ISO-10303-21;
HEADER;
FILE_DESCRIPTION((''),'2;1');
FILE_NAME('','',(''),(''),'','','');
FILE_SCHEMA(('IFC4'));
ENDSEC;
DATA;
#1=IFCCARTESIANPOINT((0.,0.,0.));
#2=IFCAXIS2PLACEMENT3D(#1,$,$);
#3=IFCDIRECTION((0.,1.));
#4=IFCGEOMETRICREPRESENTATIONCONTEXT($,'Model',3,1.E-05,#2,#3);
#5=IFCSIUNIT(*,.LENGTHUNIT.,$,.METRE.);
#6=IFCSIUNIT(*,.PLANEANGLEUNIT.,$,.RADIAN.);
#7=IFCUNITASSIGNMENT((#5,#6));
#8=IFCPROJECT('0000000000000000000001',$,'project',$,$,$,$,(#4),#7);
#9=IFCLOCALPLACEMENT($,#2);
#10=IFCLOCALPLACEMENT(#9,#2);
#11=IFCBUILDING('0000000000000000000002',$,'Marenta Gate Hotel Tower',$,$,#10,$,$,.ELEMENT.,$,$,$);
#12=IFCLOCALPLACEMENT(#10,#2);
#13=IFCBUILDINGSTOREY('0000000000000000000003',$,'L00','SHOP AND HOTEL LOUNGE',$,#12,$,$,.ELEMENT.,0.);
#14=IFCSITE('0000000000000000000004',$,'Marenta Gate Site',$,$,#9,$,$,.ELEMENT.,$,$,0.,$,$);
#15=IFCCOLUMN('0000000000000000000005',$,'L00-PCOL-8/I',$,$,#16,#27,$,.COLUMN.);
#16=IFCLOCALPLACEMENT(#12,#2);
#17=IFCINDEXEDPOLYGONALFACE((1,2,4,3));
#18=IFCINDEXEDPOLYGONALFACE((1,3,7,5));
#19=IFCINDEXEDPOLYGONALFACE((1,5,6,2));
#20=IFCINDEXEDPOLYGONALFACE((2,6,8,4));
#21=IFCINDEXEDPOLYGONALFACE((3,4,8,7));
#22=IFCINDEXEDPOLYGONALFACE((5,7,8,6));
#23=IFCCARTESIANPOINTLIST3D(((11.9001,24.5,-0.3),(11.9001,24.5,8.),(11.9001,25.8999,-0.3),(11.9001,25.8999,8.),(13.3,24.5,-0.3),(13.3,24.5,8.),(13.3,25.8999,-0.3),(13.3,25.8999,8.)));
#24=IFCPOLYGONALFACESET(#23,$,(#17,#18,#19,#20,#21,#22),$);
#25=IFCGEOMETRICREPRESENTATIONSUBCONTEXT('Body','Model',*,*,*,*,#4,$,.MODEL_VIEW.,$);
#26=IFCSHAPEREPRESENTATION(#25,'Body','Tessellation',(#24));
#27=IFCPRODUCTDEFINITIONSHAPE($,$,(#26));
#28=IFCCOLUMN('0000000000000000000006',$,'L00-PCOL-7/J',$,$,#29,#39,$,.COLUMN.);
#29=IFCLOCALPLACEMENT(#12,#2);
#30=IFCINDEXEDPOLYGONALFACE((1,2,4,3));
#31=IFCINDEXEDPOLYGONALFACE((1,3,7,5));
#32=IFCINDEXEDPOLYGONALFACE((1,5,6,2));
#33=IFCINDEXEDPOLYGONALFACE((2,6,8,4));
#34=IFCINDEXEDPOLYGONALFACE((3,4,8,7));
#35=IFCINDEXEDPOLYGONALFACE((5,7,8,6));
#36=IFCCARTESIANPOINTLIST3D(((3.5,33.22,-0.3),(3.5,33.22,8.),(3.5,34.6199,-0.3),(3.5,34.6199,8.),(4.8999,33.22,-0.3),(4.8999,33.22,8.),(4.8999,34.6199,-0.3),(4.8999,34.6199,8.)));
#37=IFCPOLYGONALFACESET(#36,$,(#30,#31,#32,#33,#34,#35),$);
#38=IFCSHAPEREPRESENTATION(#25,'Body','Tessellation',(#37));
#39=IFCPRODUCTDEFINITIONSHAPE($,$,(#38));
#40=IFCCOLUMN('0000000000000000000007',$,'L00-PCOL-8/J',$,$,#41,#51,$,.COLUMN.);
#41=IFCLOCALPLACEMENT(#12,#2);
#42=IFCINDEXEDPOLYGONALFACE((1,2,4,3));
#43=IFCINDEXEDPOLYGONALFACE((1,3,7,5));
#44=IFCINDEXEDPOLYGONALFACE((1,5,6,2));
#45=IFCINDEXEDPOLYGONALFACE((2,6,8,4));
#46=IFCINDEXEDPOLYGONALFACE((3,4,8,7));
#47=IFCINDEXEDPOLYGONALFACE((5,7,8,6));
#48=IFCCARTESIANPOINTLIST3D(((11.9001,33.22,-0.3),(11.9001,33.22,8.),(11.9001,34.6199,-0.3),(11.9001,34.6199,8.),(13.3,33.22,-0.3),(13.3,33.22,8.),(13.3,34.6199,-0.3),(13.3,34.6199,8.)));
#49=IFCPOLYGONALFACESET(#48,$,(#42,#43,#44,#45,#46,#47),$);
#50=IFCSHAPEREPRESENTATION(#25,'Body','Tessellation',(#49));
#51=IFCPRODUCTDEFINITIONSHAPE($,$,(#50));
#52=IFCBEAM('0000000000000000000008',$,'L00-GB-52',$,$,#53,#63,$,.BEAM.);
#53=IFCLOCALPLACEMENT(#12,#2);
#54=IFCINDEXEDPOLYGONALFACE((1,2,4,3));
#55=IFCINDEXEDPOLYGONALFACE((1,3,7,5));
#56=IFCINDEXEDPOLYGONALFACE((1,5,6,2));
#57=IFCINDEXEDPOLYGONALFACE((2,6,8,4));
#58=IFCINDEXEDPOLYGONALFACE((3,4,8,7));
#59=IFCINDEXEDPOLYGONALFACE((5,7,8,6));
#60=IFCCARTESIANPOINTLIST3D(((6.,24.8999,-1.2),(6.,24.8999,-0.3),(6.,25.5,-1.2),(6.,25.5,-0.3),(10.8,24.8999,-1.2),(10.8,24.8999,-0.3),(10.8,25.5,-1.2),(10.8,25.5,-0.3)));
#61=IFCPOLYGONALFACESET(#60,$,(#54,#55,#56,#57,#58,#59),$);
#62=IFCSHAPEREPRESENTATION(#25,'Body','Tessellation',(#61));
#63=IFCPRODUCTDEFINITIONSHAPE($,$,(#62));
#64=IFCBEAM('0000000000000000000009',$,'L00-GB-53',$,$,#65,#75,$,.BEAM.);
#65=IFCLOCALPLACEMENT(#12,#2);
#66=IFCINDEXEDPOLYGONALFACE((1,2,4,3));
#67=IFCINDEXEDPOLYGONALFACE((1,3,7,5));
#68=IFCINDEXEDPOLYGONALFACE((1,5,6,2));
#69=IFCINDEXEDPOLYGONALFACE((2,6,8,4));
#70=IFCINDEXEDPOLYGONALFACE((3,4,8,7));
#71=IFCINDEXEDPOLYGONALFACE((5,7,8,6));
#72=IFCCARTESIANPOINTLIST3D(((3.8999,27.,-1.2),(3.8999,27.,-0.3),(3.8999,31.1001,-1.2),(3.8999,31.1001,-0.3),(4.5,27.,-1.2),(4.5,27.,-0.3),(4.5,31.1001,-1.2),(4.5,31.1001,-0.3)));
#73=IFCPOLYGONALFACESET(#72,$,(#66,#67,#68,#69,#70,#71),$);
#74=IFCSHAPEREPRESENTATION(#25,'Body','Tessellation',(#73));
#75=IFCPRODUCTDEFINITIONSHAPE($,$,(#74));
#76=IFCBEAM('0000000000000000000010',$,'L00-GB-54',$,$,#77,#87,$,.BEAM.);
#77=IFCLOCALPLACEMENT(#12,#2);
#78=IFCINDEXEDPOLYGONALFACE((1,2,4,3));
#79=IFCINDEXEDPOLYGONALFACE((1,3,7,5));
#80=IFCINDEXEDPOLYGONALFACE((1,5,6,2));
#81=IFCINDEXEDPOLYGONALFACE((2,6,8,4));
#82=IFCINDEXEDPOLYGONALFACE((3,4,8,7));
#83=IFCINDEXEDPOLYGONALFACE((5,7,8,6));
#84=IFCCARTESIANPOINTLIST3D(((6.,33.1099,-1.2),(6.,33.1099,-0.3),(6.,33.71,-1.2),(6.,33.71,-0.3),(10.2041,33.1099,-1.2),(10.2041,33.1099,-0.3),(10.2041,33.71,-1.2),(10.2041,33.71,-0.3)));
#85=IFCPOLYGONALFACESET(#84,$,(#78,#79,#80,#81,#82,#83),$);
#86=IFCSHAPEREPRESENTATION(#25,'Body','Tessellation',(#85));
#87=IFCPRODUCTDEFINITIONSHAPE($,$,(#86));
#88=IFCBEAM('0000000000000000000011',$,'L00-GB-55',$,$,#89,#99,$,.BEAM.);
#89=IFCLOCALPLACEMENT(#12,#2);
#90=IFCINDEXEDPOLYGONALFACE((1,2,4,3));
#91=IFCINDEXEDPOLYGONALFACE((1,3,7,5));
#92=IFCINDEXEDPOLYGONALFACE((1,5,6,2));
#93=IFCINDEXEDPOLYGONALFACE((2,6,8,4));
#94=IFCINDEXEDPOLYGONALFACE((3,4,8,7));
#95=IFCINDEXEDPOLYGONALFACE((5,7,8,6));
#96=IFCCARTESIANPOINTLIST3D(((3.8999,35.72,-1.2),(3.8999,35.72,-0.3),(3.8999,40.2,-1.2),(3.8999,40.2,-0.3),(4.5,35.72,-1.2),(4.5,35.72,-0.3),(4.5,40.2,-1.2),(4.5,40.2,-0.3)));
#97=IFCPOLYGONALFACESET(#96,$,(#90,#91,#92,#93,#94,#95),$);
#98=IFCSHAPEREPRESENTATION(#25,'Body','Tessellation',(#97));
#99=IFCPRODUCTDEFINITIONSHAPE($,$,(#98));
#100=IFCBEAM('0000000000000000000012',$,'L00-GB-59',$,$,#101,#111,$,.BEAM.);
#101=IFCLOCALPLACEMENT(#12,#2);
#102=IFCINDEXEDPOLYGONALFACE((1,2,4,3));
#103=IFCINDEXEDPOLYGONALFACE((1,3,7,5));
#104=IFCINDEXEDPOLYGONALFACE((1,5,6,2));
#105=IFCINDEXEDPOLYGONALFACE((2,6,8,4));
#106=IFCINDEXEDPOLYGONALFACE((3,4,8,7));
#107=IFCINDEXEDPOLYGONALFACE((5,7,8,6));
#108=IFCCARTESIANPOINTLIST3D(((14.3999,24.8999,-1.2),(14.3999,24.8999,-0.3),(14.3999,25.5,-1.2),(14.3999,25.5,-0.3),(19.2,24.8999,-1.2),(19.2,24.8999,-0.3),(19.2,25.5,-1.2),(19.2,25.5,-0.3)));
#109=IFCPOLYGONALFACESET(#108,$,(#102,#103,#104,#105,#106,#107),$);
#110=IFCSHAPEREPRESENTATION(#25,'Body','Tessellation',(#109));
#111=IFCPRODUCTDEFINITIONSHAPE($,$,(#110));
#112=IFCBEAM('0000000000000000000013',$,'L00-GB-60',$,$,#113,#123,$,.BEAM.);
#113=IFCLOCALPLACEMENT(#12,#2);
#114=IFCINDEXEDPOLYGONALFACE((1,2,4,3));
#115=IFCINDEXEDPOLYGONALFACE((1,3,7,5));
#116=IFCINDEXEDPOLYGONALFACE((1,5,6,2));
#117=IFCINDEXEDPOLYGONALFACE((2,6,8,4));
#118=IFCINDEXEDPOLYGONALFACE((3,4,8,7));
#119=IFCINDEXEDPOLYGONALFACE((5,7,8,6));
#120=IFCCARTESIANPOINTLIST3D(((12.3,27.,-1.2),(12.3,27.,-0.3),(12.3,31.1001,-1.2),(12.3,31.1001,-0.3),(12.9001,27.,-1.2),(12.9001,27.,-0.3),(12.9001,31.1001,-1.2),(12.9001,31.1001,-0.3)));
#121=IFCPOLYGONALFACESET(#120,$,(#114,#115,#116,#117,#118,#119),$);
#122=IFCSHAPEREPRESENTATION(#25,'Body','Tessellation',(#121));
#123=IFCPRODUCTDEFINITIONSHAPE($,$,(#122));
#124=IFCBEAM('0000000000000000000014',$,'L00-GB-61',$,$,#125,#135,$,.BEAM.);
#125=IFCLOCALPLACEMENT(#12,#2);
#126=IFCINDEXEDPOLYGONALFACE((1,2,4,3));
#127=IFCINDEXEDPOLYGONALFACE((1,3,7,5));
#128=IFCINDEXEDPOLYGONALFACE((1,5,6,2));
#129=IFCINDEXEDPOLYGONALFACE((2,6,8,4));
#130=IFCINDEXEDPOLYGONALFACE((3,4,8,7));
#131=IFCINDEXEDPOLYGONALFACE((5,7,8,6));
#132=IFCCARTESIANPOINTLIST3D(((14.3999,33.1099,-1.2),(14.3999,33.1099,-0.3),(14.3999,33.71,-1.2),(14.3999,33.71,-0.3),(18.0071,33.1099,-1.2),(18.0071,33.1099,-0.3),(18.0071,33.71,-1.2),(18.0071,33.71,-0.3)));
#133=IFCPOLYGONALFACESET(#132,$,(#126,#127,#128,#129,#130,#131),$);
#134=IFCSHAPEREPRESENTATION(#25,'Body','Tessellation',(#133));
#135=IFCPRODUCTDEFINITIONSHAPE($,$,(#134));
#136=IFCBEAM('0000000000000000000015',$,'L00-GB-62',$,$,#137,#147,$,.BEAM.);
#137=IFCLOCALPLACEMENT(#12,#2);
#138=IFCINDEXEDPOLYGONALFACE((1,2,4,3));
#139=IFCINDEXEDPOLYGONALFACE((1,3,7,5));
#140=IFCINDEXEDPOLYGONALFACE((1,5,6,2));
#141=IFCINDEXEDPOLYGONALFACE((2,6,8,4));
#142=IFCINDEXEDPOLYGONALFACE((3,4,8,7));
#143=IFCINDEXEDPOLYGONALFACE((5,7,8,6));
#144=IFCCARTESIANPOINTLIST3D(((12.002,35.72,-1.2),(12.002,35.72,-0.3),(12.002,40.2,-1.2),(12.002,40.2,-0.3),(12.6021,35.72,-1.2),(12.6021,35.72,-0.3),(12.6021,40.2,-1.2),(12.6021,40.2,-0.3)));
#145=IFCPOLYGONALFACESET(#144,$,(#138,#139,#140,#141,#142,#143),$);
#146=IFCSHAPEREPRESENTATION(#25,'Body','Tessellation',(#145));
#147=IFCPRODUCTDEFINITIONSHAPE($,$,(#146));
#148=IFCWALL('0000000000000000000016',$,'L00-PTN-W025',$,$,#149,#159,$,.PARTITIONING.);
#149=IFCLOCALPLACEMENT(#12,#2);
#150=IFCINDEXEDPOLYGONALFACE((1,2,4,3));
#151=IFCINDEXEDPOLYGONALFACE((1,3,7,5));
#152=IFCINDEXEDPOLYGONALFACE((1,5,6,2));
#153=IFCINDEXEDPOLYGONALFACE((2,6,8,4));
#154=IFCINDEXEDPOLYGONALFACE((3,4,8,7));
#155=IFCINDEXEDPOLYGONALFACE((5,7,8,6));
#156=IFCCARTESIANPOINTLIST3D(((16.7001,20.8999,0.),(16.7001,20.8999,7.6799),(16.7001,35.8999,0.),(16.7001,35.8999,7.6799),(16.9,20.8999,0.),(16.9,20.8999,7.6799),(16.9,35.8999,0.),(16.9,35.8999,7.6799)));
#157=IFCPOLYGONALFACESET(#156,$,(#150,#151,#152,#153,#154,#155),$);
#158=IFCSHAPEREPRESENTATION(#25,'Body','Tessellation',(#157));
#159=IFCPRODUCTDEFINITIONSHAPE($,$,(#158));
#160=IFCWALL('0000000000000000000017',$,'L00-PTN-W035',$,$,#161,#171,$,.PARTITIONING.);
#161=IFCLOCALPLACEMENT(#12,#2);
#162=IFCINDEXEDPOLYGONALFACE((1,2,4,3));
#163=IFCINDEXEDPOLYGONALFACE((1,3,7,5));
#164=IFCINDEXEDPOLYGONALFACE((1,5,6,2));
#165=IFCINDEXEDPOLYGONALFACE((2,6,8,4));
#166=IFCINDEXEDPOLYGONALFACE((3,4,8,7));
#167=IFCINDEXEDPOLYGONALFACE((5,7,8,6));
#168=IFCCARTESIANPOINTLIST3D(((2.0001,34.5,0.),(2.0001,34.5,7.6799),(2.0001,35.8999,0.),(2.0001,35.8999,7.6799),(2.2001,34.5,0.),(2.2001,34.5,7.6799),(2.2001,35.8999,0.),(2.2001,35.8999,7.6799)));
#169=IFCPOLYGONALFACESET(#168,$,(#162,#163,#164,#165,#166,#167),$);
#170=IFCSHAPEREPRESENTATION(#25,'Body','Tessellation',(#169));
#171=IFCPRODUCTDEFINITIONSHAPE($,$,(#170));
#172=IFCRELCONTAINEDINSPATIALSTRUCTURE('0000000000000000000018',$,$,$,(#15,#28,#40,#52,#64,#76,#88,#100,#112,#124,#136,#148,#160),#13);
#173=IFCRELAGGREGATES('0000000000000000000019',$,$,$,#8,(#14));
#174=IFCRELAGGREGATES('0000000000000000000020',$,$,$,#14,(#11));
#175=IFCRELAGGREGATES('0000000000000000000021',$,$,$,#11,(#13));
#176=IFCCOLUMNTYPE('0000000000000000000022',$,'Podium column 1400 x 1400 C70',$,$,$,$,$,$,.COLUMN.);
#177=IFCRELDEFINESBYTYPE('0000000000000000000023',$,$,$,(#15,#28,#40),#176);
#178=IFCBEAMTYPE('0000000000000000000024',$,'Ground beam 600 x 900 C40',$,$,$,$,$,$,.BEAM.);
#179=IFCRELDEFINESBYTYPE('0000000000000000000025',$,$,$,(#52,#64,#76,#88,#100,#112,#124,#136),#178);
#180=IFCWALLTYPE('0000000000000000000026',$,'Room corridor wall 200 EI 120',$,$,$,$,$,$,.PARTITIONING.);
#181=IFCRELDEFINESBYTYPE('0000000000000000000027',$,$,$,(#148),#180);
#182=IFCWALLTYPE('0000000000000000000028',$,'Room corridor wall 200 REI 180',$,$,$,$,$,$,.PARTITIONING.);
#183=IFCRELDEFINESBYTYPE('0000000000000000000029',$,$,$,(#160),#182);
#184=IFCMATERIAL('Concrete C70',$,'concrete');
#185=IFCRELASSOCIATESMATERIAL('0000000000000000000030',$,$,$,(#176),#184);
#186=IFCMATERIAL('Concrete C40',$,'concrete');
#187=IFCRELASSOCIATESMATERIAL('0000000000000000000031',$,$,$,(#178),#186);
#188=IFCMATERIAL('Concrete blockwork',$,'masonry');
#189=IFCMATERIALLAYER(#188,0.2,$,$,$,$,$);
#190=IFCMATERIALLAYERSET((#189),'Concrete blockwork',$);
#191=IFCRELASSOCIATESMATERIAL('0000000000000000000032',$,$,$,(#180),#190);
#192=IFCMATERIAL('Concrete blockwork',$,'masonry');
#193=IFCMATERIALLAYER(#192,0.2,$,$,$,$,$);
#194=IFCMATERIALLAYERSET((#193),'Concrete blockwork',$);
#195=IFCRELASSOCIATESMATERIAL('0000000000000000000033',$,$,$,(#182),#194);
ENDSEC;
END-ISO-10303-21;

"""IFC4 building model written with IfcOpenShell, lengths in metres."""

from ifc_helpers import new_model, si_unit, direction, frame, frame_2d, origin, origin_2d, place, context, subcontext, project, spatial, rectangle, extrude, material, layer, layer_set, material_profile, profile_set, type_object, element, save


model = new_model("IFC4")

# Units and contexts
model_context = context("Model", 3, precision=1e-05, world=origin(), true_north=direction((0.0, 1.0)))
body_context = subcontext(model_context, "Body", "Model", "MODEL_VIEW")
ifc_project = project(units=[si_unit("LENGTHUNIT", "METRE"), si_unit("PLANEANGLEUNIT", "RADIAN")], contexts=[model_context])

# Site, building, storey
site_placement = place(None, origin())
site = spatial("IfcSite", under=ifc_project, at=site_placement, Name="Marenta Gate Site", CompositionType="ELEMENT", RefElevation=0.0)
building_placement = place(site_placement, origin())
building = spatial("IfcBuilding", under=site, at=building_placement, Name="Marenta Gate Hotel Tower", CompositionType="ELEMENT")
storey_placement = place(building_placement, origin())
storey = spatial("IfcBuildingStorey", under=building, at=storey_placement, Name="L00", Description="SHOP AND HOTEL LOUNGE", CompositionType="ELEMENT", Elevation=0.0)

# Columns
ifc_material_1 = material(Name="Concrete C70", Category="concrete")
ifc_material_profile_1 = material_profile(ifc_material_1, rectangle(XDim=1.3999, YDim=1.3999, at=origin_2d()), Name="1400 x 1400")
ifc_profile_set_1 = profile_set([ifc_material_profile_1], Name="Concrete C70")
column_type_1 = type_object("IfcColumnType", Name="Podium column 1400 x 1400 C70", PredefinedType="COLUMN", material=ifc_profile_set_1)
for number, where, z_axis, x_axis, name in (
    (1, (12.6001, 25.2, -0.3), (0.0, 0.0, 1.0), (1.0, 0.0, 0.0), "L00-PCOL-8/I"),
    (2, (4.2, 33.9199, -0.3), (0.0, 0.0, 1.0), (1.0, 0.0, 0.0), "L00-PCOL-7/J"),
    (3, (12.6001, 33.9199, -0.3), (0.0, 0.0, 1.0), (1.0, 0.0, 0.0), "L00-PCOL-8/J"),
):
    element("IfcColumn", number, at=place(storey_placement, frame(where, z_axis=z_axis, x_axis=x_axis)), inside=storey, type_object=column_type_1, Name=name, PredefinedType="COLUMN", context=body_context, shape_type="SweptSolid", body=[
        extrude(rectangle(XDim=1.3999, YDim=1.3999, at=origin_2d()), origin(), (0.0, 0.0, 1.0), 8.3),
    ])

# Beams
ifc_material_2 = material(Name="Concrete C40", Category="concrete")
ifc_material_profile_2 = material_profile(ifc_material_2, rectangle(XDim=0.6001, YDim=0.8999, at=origin_2d()), Name="600 x 900")
ifc_profile_set_2 = profile_set([ifc_material_profile_2], Name="Concrete C40")
beam_type = type_object("IfcBeamType", Name="Ground beam 600 x 900 C40", PredefinedType="BEAM", material=ifc_profile_set_2)
beam_1_placement = place(storey_placement, frame((6.0, 25.2, -0.75), z_axis=(1.0, 0.0, 0.0), x_axis=(0.0, 1.0, 0.0)))
element("IfcBeam", 4, at=beam_1_placement, inside=storey, type_object=beam_type, Name="L00-GB-52", PredefinedType="BEAM", context=body_context, shape_type="SweptSolid", body=[
    extrude(rectangle(XDim=0.6001, YDim=0.8999, at=origin_2d()), origin(), (0.0, 0.0, 1.0), 4.8),
])
beam_2_placement = place(storey_placement, frame((4.2, 27.0, -0.75), z_axis=(0.0, 1.0, 0.0), x_axis=(-1.0, 0.0, 0.0)))
element("IfcBeam", 5, at=beam_2_placement, inside=storey, type_object=beam_type, Name="L00-GB-53", PredefinedType="BEAM", context=body_context, shape_type="SweptSolid", body=[
    extrude(rectangle(XDim=0.6001, YDim=0.8999, at=origin_2d()), origin(), (0.0, 0.0, 1.0), 4.1001),
])
beam_3_placement = place(storey_placement, frame((6.0, 33.4099, -0.75), z_axis=(1.0, 0.0, 0.0), x_axis=(0.0, 1.0, 0.0)))
element("IfcBeam", 6, at=beam_3_placement, inside=storey, type_object=beam_type, Name="L00-GB-54", PredefinedType="BEAM", context=body_context, shape_type="SweptSolid", body=[
    extrude(rectangle(XDim=0.6001, YDim=0.8999, at=origin_2d()), origin(), (0.0, 0.0, 1.0), 4.2041),
])
beam_4_placement = place(storey_placement, frame((4.2, 35.72, -0.75), z_axis=(0.0, 1.0, 0.0), x_axis=(-1.0, 0.0, 0.0)))
element("IfcBeam", 7, at=beam_4_placement, inside=storey, type_object=beam_type, Name="L00-GB-55", PredefinedType="BEAM", context=body_context, shape_type="SweptSolid", body=[
    extrude(rectangle(XDim=0.6001, YDim=0.8999, at=origin_2d()), origin(), (0.0, 0.0, 1.0), 4.48),
])
beam_5_placement = place(storey_placement, frame((14.3999, 25.2, -0.75), z_axis=(1.0, 0.0, 0.0), x_axis=(0.0, 1.0, 0.0)))
element("IfcBeam", 8, at=beam_5_placement, inside=storey, type_object=beam_type, Name="L00-GB-59", PredefinedType="BEAM", context=body_context, shape_type="SweptSolid", body=[
    extrude(rectangle(XDim=0.6001, YDim=0.8999, at=origin_2d()), origin(), (0.0, 0.0, 1.0), 4.8),
])
beam_6_placement = place(storey_placement, frame((12.6001, 27.0, -0.75), z_axis=(0.0, 1.0, 0.0), x_axis=(-1.0, 0.0, 0.0)))
element("IfcBeam", 9, at=beam_6_placement, inside=storey, type_object=beam_type, Name="L00-GB-60", PredefinedType="BEAM", context=body_context, shape_type="SweptSolid", body=[
    extrude(rectangle(XDim=0.6001, YDim=0.8999, at=origin_2d()), origin(), (0.0, 0.0, 1.0), 4.1001),
])
beam_7_placement = place(storey_placement, frame((14.3999, 33.4099, -0.75), z_axis=(1.0, 0.0, 0.0), x_axis=(0.0, 1.0, 0.0)))
element("IfcBeam", 10, at=beam_7_placement, inside=storey, type_object=beam_type, Name="L00-GB-61", PredefinedType="BEAM", context=body_context, shape_type="SweptSolid", body=[
    extrude(rectangle(XDim=0.6001, YDim=0.8999, at=origin_2d()), origin(), (0.0, 0.0, 1.0), 3.6072),
])
beam_8_placement = place(storey_placement, frame((12.302, 35.72, -0.75), z_axis=(0.0, 1.0, 0.0), x_axis=(-1.0, 0.0, 0.0)))
element("IfcBeam", 11, at=beam_8_placement, inside=storey, type_object=beam_type, Name="L00-GB-62", PredefinedType="BEAM", context=body_context, shape_type="SweptSolid", body=[
    extrude(rectangle(XDim=0.6001, YDim=0.8999, at=origin_2d()), origin(), (0.0, 0.0, 1.0), 4.48),
])

# Walls
ifc_material_3 = material(Name="Concrete blockwork", Category="masonry")
ifc_layer_1 = layer(ifc_material_3, 0.2)
ifc_layer_set_1 = layer_set([ifc_layer_1], Name="Concrete blockwork")
wall_type_1 = type_object("IfcWallType", Name="Room corridor wall 200 EI 120", PredefinedType="PARTITIONING", material=ifc_layer_set_1)
wall_1_placement = place(storey_placement, frame((16.8, 20.8999, 0.0), z_axis=(0.0, 0.0, 1.0), x_axis=(0.0, 1.0, 0.0)))
element("IfcWall", 12, at=wall_1_placement, inside=storey, type_object=wall_type_1, Name="L00-PTN-W025", PredefinedType="PARTITIONING", context=body_context, shape_type="SweptSolid", body=[
    extrude(rectangle(XDim=15.0, YDim=0.2, at=frame_2d((7.5, 0.0))), origin(), (0.0, 0.0, 1.0), 7.6799),
])
ifc_material_4 = material(Name="Concrete blockwork", Category="masonry")
ifc_layer_2 = layer(ifc_material_4, 0.2)
ifc_layer_set_2 = layer_set([ifc_layer_2], Name="Concrete blockwork")
wall_type_2 = type_object("IfcWallType", Name="Room corridor wall 200 REI 180", PredefinedType="PARTITIONING", material=ifc_layer_set_2)
wall_2_placement = place(storey_placement, frame((2.1001, 34.5, 0.0), z_axis=(0.0, 0.0, 1.0), x_axis=(0.0, 1.0, 0.0)))
element("IfcWall", 13, at=wall_2_placement, inside=storey, type_object=wall_type_2, Name="L00-PTN-W035", PredefinedType="PARTITIONING", context=body_context, shape_type="SweptSolid", body=[
    extrude(rectangle(XDim=1.3999, YDim=0.2, at=frame_2d((0.7, 0.0))), origin(), (0.0, 0.0, 1.0), 7.6799),
])

save(model, "model.ifc")
